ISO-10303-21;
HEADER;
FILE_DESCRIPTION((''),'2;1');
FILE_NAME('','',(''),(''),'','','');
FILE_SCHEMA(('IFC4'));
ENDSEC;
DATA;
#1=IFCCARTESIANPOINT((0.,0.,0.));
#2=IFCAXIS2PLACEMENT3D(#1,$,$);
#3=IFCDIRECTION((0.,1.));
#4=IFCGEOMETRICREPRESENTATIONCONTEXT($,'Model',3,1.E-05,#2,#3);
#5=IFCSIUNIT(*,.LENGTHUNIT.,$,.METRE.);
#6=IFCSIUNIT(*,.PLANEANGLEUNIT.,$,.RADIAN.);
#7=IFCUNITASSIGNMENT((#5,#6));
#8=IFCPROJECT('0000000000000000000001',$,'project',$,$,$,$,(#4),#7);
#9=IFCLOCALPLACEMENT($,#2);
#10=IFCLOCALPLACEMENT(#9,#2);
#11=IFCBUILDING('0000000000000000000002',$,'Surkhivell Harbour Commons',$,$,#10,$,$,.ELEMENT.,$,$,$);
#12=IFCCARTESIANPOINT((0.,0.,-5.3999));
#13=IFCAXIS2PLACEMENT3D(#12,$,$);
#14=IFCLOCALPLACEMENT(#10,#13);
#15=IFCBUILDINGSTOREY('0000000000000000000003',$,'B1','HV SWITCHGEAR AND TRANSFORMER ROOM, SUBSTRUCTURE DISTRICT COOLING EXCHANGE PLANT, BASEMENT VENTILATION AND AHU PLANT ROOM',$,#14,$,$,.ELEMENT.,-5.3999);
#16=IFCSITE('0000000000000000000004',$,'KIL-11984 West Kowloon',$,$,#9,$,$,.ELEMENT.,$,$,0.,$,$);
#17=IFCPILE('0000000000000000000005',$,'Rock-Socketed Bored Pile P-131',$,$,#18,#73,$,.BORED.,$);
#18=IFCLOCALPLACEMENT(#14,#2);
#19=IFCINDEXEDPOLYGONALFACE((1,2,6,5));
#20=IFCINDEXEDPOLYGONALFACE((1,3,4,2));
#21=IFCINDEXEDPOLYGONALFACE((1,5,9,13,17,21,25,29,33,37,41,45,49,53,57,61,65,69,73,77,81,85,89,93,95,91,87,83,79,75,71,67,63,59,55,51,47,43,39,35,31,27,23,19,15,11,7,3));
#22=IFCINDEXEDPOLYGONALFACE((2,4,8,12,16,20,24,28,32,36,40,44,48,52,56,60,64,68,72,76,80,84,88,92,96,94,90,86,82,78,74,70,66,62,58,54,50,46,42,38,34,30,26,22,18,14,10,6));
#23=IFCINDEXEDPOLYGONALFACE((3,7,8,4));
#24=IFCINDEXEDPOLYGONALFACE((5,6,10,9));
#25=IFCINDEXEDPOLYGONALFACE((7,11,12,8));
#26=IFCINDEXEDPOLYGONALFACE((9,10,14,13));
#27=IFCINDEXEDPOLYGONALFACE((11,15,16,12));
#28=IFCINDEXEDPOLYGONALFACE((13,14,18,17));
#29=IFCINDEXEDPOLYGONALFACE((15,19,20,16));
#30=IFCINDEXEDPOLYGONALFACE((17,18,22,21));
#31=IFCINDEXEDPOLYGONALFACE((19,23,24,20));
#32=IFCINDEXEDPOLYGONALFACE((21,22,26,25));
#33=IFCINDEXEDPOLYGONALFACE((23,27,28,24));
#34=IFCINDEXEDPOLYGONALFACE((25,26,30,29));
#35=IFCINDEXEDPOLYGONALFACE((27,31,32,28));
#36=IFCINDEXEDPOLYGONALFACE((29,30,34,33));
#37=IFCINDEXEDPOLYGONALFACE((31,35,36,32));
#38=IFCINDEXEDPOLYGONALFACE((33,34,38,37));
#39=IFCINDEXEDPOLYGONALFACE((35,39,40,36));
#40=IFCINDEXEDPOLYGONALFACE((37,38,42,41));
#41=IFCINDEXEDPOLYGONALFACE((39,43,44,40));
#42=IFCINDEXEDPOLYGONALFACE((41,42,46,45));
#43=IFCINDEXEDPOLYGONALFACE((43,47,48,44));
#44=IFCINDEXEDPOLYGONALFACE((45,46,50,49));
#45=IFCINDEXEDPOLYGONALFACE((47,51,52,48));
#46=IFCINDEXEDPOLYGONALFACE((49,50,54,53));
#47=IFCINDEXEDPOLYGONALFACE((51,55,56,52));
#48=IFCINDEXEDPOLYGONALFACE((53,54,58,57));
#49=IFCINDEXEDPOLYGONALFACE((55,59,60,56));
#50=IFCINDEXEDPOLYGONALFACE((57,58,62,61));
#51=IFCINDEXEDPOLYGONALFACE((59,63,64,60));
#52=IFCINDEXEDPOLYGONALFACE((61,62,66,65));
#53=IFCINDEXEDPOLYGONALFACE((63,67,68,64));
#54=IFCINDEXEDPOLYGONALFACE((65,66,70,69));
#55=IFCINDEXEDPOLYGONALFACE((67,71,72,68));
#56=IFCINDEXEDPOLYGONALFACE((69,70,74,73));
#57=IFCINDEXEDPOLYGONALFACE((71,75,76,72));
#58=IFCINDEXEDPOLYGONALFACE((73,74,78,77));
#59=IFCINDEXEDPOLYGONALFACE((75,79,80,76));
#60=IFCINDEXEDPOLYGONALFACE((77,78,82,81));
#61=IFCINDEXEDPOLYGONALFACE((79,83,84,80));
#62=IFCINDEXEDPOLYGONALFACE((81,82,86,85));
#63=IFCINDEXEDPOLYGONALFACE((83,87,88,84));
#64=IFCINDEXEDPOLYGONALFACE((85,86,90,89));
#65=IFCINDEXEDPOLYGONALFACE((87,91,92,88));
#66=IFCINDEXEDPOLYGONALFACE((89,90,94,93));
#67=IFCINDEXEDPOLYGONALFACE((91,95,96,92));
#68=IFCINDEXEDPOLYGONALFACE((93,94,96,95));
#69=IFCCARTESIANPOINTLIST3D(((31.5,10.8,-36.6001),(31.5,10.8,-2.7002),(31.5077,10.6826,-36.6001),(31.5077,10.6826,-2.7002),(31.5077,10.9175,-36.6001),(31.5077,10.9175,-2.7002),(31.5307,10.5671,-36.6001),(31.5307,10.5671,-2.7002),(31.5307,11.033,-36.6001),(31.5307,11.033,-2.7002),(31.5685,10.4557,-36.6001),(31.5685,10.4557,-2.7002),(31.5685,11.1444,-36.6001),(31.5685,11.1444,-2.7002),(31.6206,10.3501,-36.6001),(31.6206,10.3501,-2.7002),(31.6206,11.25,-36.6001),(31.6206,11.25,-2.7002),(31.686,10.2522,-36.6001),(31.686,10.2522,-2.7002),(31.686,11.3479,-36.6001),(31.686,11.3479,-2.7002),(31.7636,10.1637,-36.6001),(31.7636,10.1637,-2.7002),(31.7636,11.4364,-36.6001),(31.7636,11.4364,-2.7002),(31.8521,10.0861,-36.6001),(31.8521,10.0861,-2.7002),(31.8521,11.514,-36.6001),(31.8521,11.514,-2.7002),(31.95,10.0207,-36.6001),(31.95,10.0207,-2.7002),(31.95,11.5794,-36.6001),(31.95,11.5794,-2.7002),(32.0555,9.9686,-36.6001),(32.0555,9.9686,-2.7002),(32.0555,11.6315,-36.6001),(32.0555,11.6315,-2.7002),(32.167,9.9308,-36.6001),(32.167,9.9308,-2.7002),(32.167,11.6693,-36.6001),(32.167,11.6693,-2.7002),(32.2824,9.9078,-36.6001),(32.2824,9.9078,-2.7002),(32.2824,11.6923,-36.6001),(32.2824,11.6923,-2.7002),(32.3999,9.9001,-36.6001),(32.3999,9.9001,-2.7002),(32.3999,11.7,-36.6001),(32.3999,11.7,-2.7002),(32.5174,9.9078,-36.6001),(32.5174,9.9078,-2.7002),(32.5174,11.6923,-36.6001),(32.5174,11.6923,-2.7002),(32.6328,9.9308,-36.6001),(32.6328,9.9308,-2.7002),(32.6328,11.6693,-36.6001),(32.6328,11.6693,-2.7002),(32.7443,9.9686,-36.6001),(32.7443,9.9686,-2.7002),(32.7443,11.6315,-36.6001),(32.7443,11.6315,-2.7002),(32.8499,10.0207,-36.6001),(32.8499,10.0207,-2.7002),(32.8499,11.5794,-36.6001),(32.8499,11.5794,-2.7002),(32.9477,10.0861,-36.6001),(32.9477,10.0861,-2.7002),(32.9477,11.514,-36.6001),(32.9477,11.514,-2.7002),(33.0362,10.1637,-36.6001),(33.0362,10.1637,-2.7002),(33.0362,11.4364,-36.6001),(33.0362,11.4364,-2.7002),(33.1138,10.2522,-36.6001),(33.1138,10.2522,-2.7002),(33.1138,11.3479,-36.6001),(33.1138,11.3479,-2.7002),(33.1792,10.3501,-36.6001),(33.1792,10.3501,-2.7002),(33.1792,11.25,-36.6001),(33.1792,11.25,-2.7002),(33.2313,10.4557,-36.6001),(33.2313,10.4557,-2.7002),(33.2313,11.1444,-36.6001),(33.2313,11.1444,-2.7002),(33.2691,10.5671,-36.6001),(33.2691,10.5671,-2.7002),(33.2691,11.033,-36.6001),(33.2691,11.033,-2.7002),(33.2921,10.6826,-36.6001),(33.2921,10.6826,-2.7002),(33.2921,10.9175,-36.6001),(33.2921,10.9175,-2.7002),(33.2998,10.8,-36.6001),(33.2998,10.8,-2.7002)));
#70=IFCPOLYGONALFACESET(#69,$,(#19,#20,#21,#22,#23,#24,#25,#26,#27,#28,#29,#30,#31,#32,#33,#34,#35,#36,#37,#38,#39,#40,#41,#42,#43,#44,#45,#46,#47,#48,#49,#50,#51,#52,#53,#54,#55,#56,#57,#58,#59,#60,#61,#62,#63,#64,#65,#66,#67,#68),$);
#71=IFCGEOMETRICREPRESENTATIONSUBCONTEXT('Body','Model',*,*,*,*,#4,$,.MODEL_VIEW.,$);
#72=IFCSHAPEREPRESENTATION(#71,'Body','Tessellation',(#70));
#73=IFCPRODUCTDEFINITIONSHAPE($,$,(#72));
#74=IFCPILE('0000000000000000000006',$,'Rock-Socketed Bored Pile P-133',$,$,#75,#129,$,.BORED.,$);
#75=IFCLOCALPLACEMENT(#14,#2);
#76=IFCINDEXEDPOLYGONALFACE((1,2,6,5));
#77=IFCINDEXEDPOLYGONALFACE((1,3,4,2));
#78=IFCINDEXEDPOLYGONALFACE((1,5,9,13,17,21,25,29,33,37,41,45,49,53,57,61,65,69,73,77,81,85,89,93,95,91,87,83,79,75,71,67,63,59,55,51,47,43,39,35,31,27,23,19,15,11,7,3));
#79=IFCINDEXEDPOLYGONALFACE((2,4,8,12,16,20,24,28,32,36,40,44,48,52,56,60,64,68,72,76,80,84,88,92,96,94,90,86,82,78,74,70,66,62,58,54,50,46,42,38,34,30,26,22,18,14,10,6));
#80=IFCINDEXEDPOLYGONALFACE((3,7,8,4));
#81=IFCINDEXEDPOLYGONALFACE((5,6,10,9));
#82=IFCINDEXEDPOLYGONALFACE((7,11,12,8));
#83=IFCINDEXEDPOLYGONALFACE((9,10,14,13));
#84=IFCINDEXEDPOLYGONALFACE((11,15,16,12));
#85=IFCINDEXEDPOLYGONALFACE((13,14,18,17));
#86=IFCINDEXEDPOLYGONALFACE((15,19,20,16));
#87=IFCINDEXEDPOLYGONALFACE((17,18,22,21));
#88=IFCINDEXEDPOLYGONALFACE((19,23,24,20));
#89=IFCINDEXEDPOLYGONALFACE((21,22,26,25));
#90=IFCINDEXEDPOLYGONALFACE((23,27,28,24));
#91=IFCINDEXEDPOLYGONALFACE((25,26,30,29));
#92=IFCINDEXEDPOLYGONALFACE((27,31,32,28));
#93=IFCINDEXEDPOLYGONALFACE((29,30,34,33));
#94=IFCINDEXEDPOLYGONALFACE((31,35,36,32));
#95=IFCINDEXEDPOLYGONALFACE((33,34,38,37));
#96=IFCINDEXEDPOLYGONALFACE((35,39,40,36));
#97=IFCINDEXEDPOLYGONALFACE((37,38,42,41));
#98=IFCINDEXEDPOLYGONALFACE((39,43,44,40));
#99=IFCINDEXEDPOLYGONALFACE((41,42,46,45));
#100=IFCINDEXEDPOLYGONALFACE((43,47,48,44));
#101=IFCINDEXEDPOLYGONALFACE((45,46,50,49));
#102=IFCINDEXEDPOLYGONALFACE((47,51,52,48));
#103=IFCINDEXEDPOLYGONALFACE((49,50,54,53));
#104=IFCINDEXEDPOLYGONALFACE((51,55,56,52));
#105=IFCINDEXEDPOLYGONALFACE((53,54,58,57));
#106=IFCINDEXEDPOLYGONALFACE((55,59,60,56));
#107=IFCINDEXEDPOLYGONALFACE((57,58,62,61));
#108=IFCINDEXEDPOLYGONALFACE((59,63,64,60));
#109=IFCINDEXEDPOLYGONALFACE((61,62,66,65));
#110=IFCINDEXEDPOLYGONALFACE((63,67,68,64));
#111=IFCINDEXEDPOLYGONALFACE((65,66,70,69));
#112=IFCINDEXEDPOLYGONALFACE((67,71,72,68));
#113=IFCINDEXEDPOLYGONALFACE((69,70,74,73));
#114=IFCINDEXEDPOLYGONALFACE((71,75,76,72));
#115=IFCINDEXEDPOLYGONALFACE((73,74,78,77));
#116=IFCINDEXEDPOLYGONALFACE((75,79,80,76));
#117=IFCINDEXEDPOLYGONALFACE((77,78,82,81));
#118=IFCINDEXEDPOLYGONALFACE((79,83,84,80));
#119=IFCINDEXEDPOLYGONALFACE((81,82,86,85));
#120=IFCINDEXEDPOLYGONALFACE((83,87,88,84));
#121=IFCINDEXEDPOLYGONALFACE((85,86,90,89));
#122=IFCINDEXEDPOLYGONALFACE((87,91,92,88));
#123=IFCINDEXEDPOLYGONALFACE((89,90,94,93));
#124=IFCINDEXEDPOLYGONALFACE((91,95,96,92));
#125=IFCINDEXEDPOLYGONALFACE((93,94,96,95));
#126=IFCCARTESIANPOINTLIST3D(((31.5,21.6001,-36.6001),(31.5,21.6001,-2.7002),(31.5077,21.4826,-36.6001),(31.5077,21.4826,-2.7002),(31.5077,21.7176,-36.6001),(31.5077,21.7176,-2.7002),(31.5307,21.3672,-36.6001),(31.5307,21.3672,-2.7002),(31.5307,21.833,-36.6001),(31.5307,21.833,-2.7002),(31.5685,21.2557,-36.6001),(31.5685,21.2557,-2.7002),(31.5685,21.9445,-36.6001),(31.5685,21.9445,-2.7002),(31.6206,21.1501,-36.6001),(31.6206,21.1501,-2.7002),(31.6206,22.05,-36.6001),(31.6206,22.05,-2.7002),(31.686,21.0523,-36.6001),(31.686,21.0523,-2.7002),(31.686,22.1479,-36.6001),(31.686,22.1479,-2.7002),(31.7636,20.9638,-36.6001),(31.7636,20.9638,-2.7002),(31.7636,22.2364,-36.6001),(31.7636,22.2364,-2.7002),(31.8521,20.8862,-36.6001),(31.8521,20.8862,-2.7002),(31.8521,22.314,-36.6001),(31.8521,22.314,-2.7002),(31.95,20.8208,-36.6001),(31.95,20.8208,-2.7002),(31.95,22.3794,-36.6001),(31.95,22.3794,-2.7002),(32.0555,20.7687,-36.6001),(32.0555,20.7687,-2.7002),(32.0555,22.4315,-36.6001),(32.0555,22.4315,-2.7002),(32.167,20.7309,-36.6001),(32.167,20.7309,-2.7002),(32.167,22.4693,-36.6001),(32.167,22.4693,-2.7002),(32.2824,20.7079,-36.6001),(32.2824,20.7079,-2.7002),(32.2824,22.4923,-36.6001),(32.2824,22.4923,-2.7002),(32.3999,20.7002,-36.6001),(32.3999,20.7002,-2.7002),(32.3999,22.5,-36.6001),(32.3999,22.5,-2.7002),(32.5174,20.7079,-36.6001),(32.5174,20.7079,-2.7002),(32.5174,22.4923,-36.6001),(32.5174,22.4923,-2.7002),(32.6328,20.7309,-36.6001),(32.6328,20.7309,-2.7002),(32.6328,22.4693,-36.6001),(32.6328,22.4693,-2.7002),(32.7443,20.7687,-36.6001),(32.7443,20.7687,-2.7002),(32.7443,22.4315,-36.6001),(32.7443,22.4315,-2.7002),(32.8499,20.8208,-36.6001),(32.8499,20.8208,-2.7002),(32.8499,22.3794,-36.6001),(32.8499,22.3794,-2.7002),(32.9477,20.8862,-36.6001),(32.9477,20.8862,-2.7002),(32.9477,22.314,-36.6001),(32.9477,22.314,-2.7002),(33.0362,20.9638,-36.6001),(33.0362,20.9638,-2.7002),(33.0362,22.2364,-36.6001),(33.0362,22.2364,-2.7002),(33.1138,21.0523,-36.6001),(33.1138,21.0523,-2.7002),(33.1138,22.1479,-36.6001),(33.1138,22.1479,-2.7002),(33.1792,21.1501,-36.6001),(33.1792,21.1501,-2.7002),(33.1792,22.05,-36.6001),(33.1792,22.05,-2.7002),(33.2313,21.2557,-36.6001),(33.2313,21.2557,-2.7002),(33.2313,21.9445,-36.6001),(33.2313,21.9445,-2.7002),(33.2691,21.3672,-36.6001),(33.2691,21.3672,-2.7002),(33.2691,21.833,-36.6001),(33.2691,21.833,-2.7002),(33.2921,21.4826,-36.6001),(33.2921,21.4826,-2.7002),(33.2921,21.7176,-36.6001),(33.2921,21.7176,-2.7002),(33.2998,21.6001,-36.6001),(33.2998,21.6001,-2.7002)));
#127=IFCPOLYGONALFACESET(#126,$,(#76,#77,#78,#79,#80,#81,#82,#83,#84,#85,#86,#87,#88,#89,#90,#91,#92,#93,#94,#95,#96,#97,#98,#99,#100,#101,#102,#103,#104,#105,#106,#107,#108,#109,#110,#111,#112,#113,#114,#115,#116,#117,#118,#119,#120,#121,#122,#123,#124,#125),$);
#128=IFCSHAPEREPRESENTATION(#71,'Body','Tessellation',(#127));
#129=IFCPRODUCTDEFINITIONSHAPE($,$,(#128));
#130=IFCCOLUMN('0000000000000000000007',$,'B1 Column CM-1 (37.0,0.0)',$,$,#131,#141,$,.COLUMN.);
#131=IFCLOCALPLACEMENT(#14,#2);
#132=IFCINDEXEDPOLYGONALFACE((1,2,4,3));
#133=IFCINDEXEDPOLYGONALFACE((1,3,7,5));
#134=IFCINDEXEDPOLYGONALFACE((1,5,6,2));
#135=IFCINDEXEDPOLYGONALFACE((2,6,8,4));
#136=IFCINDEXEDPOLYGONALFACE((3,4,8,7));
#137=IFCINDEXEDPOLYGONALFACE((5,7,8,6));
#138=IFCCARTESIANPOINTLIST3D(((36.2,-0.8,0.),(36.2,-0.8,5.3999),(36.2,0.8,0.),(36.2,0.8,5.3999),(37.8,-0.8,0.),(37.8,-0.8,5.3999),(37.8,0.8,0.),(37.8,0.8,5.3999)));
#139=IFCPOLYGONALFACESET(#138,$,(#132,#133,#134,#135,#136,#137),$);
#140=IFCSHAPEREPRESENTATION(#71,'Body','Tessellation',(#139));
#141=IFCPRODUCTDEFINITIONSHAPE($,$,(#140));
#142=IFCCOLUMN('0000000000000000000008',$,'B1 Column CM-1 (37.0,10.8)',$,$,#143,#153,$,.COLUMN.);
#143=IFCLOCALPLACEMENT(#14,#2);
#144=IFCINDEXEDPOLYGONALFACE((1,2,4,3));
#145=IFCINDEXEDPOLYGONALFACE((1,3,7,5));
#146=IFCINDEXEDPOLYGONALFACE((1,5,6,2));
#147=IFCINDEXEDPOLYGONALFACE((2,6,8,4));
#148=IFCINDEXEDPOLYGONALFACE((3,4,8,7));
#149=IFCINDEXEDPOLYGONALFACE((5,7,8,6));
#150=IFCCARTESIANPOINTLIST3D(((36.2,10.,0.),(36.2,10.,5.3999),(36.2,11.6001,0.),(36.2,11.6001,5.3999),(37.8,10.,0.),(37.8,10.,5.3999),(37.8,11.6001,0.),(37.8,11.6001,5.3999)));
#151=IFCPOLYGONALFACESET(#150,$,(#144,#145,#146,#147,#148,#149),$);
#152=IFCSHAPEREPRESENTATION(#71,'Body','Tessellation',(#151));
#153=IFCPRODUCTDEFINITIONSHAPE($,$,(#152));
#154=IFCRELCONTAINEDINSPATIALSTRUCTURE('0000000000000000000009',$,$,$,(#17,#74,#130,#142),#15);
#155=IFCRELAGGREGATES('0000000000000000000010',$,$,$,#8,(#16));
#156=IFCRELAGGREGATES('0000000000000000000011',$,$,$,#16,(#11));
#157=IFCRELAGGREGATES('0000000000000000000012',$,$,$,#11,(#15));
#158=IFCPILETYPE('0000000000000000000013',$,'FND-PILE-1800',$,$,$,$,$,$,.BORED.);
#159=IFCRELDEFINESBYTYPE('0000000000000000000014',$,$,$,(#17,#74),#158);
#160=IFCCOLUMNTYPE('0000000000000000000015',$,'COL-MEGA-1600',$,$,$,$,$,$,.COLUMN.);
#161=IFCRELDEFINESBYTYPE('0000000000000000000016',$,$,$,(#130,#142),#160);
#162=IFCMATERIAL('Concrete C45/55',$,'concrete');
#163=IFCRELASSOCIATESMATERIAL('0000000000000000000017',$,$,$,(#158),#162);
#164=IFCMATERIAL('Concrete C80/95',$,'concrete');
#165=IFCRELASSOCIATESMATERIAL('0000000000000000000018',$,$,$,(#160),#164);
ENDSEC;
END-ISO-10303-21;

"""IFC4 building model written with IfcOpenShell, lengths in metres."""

from ifc_helpers import new_model, si_unit, direction, frame, origin, origin_2d, place, context, subcontext, project, spatial, rectangle, circle, extrude, material, material_profile, profile_set, type_object, element, save


model = new_model("IFC4")

# Units and contexts
model_context = context("Model", 3, precision=1e-05, world=origin(), true_north=direction((0.0, 1.0)))
body_context = subcontext(model_context, "Body", "Model", "MODEL_VIEW")
ifc_project = project(units=[si_unit("LENGTHUNIT", "METRE"), si_unit("PLANEANGLEUNIT", "RADIAN")], contexts=[model_context])

# Site, building, storey
site_placement = place(None, origin())
site = spatial("IfcSite", under=ifc_project, at=site_placement, Name="KIL-11984 West Kowloon", CompositionType="ELEMENT", RefElevation=0.0)
building_placement = place(site_placement, origin())
building = spatial("IfcBuilding", under=site, at=building_placement, Name="Surkhivell Harbour Commons", CompositionType="ELEMENT")
storey_placement = place(building_placement, frame((0.0, 0.0, -5.3999)))
storey = spatial("IfcBuildingStorey", under=building, at=storey_placement, Name="B1", Description="HV SWITCHGEAR AND TRANSFORMER ROOM, SUBSTRUCTURE DISTRICT COOLING EXCHANGE PLANT, BASEMENT VENTILATION AND AHU PLANT ROOM", CompositionType="ELEMENT", Elevation=-5.3999)

# Piles
ifc_material_1 = material(Name="Concrete C45/55", Category="concrete")
ifc_material_profile_1 = material_profile(ifc_material_1, circle(Radius=0.8999, at=origin_2d()), Name="PILE-1800")
ifc_profile_set_1 = profile_set([ifc_material_profile_1], Name="Concrete C45/55")
pile_type_1 = type_object("IfcPileType", Name="FND-PILE-1800", PredefinedType="BORED", material=ifc_profile_set_1)
for number, where, z_axis, x_axis, name in (
    (1, (32.3999, 10.8, -2.7002), (0.0, 0.0, -1.0), (1.0, 0.0, 0.0), "Rock-Socketed Bored Pile P-131"),
    (2, (32.3999, 21.6001, -2.7002), (0.0, 0.0, -1.0), (1.0, 0.0, 0.0), "Rock-Socketed Bored Pile P-133"),
):
    element("IfcPile", number, at=place(storey_placement, frame(where, z_axis=z_axis, x_axis=x_axis)), inside=storey, type_object=pile_type_1, Name=name, PredefinedType="BORED", context=body_context, shape_type="SweptSolid", body=[
        extrude(circle(Radius=0.8999, at=origin_2d()), origin(), (0.0, 0.0, 1.0), 33.8999),
    ])

# Columns
ifc_material_2 = material(Name="Concrete C80/95", Category="concrete")
ifc_material_profile_2 = material_profile(ifc_material_2, rectangle(XDim=1.6001, YDim=1.6001, at=origin_2d()), Name="RC-COL-1600x1600")
ifc_profile_set_2 = profile_set([ifc_material_profile_2], Name="Concrete C80/95")
column_type_1 = type_object("IfcColumnType", Name="COL-MEGA-1600", PredefinedType="COLUMN", material=ifc_profile_set_2)
for number, where, z_axis, x_axis, name in (
    (3, (37.0, 0.0, 0.0), (0.0, 0.0, 1.0), (1.0, 0.0, 0.0), "B1 Column CM-1 (37.0,0.0)"),
    (4, (37.0, 10.8, 0.0), (0.0, 0.0, 1.0), (1.0, 0.0, 0.0), "B1 Column CM-1 (37.0,10.8)"),
):
    element("IfcColumn", number, at=place(storey_placement, frame(where, z_axis=z_axis, x_axis=x_axis)), inside=storey, type_object=column_type_1, Name=name, PredefinedType="COLUMN", context=body_context, shape_type="SweptSolid", body=[
        extrude(rectangle(XDim=1.6001, YDim=1.6001, at=origin_2d()), origin(), (0.0, 0.0, 1.0), 5.3999),
    ])

save(model, "model.ifc")
